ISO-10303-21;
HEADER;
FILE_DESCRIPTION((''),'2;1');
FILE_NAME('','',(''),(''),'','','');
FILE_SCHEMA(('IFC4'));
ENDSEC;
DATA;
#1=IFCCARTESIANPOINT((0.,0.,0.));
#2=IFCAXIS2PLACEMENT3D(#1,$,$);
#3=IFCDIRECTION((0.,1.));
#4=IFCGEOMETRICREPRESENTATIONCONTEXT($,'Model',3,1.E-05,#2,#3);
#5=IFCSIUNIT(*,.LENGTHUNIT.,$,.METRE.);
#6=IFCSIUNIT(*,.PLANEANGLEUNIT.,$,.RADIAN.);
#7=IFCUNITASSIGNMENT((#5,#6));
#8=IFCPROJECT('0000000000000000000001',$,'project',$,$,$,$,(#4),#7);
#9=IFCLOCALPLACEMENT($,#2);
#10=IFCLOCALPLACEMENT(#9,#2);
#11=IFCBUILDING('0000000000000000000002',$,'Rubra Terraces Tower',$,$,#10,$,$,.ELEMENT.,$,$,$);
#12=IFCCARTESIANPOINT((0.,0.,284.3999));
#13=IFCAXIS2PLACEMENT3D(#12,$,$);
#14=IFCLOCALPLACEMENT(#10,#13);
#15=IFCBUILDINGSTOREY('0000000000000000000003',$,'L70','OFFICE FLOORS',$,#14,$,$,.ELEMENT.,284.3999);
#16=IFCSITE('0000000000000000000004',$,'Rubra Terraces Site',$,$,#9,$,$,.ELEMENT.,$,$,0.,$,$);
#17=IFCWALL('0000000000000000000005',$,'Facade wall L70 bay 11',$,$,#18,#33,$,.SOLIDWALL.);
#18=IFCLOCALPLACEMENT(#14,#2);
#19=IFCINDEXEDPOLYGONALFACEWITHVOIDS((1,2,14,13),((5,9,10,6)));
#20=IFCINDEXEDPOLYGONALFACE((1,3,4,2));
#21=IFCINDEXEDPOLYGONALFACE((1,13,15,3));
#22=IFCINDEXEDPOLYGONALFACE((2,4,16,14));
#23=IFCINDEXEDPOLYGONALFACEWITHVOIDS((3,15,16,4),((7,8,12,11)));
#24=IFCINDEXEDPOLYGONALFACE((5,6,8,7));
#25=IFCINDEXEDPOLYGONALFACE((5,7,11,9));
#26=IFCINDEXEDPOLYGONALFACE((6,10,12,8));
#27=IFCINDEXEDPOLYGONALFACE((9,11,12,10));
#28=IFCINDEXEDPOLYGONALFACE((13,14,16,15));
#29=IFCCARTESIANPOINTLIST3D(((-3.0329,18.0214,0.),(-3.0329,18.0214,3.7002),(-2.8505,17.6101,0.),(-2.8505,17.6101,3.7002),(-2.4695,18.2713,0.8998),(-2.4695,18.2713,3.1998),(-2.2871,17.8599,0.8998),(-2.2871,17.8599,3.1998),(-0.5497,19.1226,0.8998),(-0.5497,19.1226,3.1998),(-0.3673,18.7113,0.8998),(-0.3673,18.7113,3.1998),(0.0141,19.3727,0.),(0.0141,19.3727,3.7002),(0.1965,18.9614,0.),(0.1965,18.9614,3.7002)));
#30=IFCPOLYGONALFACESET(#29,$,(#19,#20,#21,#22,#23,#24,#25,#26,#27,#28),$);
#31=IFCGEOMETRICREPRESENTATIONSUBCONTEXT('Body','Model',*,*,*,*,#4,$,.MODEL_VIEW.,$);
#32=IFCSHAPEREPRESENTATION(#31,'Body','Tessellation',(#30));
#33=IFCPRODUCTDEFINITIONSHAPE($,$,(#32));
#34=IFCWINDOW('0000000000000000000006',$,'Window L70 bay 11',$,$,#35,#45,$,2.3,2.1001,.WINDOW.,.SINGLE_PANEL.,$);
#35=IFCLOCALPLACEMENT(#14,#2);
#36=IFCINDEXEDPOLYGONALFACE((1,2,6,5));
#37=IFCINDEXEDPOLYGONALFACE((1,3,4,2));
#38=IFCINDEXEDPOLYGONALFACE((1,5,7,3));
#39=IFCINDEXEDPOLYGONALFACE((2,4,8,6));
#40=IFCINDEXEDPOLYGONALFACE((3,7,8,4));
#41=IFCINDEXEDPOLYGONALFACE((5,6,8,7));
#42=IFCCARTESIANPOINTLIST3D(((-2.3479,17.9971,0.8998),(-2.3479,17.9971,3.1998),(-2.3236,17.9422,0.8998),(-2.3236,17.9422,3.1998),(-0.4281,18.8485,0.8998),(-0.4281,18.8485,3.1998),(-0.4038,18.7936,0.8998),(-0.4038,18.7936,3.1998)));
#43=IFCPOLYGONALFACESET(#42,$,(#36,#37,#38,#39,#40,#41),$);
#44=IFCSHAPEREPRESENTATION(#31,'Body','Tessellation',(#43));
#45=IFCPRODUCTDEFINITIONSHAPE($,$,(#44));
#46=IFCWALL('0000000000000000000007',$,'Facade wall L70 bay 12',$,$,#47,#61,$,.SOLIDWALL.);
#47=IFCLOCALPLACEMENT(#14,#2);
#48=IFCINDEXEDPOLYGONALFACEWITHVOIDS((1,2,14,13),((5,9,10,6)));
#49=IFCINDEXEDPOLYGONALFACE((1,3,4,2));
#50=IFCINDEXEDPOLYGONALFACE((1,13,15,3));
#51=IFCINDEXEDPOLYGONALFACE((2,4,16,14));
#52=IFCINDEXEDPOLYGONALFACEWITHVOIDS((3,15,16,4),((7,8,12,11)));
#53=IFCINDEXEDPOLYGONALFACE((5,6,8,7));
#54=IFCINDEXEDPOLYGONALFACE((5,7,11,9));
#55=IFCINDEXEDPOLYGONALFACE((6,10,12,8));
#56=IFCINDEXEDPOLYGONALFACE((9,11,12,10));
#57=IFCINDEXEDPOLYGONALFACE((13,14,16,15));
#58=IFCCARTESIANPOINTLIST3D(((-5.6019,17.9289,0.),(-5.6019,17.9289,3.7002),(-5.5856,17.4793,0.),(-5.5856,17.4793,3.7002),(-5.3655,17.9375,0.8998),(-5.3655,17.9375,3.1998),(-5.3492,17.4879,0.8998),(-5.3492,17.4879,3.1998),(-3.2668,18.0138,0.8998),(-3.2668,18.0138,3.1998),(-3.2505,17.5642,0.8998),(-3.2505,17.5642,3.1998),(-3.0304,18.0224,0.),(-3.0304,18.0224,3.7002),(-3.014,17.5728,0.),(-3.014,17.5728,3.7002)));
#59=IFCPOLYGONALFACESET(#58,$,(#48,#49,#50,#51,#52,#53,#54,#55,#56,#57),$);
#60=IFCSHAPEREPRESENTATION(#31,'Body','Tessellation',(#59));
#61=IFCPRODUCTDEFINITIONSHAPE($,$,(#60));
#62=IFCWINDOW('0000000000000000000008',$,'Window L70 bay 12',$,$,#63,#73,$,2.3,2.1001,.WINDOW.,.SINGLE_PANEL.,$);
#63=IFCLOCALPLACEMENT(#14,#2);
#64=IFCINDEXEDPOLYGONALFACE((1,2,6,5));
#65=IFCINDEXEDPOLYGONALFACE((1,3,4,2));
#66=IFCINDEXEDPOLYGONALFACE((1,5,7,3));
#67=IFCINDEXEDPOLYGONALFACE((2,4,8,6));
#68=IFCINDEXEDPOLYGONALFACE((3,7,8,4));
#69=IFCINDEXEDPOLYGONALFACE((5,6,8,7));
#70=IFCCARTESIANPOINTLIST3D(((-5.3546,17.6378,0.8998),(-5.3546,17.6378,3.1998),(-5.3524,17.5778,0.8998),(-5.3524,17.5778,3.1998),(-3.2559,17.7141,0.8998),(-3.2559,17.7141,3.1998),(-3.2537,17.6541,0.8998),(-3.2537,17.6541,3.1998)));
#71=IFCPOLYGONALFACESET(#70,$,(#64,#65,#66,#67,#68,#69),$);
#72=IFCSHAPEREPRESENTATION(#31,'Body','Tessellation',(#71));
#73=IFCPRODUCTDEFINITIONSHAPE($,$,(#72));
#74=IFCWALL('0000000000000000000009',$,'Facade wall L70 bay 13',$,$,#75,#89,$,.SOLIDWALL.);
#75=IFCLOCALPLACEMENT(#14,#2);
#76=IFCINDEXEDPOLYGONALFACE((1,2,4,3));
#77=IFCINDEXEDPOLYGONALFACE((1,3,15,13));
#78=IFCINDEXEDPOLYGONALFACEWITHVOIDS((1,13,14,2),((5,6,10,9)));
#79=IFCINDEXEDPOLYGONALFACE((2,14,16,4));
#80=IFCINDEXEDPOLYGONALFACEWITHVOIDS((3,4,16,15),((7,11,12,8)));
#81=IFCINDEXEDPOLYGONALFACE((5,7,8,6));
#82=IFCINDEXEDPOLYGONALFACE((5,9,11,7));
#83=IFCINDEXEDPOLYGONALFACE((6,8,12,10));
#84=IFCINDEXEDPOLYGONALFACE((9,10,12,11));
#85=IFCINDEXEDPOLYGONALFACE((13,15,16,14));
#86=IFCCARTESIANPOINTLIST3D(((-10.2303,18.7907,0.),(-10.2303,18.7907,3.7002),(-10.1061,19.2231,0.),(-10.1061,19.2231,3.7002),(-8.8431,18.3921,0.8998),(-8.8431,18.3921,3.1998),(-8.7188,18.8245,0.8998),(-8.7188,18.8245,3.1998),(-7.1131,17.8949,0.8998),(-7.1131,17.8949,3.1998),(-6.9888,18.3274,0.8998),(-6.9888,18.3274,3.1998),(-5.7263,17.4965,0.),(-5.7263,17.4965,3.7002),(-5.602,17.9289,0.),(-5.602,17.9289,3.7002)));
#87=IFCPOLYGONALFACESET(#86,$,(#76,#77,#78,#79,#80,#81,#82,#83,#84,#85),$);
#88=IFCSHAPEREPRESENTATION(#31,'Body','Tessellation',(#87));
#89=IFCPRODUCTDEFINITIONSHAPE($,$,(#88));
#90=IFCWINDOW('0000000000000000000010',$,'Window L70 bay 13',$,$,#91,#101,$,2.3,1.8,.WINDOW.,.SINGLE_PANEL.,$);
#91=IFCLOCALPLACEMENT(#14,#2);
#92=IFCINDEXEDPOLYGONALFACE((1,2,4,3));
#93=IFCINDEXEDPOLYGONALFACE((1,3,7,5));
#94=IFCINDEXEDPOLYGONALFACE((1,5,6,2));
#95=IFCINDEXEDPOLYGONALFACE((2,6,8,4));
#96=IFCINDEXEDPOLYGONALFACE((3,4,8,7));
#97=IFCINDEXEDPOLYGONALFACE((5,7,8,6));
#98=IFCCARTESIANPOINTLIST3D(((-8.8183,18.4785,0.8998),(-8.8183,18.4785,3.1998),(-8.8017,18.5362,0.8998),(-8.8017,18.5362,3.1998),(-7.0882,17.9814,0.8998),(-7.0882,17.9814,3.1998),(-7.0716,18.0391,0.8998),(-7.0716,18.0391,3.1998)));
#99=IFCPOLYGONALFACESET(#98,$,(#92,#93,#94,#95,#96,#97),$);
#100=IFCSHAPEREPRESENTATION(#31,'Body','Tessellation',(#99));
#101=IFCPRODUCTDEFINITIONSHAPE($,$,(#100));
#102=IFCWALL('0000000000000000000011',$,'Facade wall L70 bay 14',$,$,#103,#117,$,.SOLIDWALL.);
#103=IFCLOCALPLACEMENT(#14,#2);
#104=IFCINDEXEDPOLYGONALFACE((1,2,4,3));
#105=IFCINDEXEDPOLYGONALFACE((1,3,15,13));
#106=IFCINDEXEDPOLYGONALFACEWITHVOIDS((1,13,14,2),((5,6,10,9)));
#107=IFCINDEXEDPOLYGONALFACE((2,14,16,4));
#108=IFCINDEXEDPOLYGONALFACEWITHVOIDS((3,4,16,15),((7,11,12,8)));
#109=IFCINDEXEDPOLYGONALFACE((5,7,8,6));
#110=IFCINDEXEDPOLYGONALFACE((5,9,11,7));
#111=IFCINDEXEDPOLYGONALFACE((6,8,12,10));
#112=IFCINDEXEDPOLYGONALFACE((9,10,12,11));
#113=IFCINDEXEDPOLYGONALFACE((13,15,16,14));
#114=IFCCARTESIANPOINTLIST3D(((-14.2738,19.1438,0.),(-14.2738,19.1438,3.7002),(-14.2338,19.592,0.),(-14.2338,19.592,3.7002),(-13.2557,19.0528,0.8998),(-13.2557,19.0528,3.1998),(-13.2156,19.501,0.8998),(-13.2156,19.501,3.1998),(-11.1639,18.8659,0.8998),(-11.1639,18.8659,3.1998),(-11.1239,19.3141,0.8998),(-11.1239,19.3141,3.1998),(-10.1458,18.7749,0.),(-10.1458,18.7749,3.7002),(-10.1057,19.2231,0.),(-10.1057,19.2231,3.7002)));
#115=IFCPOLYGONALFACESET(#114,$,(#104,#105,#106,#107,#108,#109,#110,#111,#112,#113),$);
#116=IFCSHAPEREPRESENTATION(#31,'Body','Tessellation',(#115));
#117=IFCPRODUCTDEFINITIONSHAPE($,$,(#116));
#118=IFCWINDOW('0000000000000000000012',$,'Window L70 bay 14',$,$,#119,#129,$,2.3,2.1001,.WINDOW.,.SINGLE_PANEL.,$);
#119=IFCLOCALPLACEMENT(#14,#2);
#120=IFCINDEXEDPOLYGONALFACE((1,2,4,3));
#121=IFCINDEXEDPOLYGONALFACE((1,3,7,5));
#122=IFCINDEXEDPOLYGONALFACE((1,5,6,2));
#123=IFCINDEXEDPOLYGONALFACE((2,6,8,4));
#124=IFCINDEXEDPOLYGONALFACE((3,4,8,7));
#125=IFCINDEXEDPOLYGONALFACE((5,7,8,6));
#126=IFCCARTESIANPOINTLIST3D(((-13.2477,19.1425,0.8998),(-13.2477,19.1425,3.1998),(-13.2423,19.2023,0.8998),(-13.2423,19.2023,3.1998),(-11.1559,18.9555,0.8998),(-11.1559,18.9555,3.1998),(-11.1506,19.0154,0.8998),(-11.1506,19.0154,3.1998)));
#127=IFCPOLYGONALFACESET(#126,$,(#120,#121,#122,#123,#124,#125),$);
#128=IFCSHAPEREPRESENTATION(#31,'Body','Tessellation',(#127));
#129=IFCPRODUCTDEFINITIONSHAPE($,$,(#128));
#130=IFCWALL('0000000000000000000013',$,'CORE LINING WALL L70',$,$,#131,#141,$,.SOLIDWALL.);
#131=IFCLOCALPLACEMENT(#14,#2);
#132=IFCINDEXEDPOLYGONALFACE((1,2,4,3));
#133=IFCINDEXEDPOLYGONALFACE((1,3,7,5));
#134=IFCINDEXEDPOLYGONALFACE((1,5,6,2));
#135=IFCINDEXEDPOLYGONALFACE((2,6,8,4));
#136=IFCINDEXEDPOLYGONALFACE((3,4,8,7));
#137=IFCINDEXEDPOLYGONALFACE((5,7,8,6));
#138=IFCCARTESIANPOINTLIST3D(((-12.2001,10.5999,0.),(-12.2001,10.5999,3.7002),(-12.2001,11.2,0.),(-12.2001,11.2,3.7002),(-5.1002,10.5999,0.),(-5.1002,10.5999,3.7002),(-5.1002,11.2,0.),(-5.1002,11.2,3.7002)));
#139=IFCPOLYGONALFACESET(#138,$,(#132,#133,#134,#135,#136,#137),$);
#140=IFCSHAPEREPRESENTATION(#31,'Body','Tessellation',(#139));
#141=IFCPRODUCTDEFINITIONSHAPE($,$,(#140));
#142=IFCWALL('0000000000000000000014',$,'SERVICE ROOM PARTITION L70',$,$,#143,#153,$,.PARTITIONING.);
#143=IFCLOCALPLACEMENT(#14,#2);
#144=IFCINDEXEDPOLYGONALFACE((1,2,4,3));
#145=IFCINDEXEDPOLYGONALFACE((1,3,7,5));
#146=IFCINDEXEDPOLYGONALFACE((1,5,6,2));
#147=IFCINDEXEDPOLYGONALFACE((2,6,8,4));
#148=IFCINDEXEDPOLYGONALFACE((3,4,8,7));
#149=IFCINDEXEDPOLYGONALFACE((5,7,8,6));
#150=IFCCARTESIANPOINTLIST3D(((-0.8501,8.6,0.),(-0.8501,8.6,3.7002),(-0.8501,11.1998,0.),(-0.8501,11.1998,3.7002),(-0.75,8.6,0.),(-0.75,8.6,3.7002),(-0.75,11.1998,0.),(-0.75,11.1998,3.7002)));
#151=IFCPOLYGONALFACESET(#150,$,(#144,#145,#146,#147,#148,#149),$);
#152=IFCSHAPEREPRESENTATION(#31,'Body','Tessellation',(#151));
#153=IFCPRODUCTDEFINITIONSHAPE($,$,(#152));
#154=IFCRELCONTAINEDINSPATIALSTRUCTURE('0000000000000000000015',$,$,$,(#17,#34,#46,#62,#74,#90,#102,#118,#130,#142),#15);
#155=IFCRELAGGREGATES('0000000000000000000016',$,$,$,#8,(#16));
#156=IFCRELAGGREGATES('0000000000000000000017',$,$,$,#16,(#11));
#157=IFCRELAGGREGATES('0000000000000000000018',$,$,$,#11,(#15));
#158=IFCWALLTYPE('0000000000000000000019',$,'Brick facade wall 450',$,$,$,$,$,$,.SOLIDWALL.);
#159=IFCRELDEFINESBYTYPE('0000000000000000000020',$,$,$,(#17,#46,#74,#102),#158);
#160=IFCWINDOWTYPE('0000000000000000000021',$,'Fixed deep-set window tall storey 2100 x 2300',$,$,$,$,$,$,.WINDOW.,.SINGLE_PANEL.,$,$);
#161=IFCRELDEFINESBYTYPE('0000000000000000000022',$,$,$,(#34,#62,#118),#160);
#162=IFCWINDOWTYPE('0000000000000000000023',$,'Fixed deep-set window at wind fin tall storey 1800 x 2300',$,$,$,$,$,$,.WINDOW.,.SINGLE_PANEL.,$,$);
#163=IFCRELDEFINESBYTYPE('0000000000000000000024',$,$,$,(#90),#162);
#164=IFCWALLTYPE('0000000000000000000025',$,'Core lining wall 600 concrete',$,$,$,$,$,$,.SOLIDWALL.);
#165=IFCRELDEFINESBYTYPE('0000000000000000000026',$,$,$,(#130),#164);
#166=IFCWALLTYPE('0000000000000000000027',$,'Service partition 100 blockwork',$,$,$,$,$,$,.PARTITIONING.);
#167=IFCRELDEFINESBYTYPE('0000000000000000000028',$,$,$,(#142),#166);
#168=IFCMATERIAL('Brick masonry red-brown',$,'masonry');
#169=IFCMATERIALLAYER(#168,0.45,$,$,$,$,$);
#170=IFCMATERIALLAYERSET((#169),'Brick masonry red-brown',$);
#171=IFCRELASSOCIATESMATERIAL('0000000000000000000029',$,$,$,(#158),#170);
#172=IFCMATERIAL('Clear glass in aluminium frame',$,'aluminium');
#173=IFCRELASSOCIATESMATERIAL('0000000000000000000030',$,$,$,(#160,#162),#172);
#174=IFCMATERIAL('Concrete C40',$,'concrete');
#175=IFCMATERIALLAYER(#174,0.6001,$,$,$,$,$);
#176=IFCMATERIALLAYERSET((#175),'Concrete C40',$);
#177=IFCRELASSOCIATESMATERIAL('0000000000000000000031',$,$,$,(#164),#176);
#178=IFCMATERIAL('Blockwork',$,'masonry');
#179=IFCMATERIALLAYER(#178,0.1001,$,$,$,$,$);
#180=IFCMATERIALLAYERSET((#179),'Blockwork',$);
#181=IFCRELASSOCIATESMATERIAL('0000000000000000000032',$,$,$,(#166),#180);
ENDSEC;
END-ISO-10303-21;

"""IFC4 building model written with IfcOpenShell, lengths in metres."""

from ifc_helpers import new_model, si_unit, direction, frame, frame_2d, origin, place, context, subcontext, project, spatial, rectangle, extrude, material, layer, layer_set, type_object, element, fill, save


model = new_model("IFC4")

# Units and contexts
model_context = context("Model", 3, precision=1e-05, world=origin(), true_north=direction((0.0, 1.0)))
body_context = subcontext(model_context, "Body", "Model", "MODEL_VIEW")
ifc_project = project(units=[si_unit("LENGTHUNIT", "METRE"), si_unit("PLANEANGLEUNIT", "RADIAN")], contexts=[model_context])

# Site, building, storey
site_placement = place(None, origin())
site = spatial("IfcSite", under=ifc_project, at=site_placement, Name="Rubra Terraces Site", CompositionType="ELEMENT", RefElevation=0.0)
building_placement = place(site_placement, origin())
building = spatial("IfcBuilding", under=site, at=building_placement, Name="Rubra Terraces Tower", CompositionType="ELEMENT")
storey_placement = place(building_placement, frame((0.0, 0.0, 284.3999)))
storey = spatial("IfcBuildingStorey", under=building, at=storey_placement, Name="L70", Description="OFFICE FLOORS", CompositionType="ELEMENT", Elevation=284.3999)

# Walls, openings, windows
ifc_material_1 = material(Name="Brick masonry red-brown", Category="masonry")
ifc_layer_1 = layer(ifc_material_1, 0.45)
ifc_layer_set_1 = layer_set([ifc_layer_1], Name="Brick masonry red-brown")
wall_type_1 = type_object("IfcWallType", Name="Brick facade wall 450", PredefinedType="SOLIDWALL", material=ifc_layer_set_1)
wall_1_placement = place(storey_placement, frame((0.1052, 19.167, 0.0), z_axis=(0.0, 0.0, 1.0), x_axis=(-0.91414, -0.405398, 0.0)))
wall_1 = element("IfcWall", 1, at=wall_1_placement, inside=storey, type_object=wall_type_1, Name="Facade wall L70 bay 11", PredefinedType="SOLIDWALL", context=body_context, shape_type="SweptSolid", body=[
    extrude(rectangle(XDim=3.3333, YDim=0.45, at=frame_2d((1.6665, 0.0))), origin(), (0.0, 0.0, 1.0), 3.7002),
])
opening_1_placement = place(wall_1_placement, frame((0.6167, 0.0, 0.8999)))
opening_1 = element("IfcOpeningElement", 2, at=opening_1_placement, cuts=wall_1, PredefinedType="OPENING", context=body_context, shape_type="SweptSolid", body=[
    extrude(rectangle(XDim=2.1001, YDim=2.3, at=frame_2d((1.05, 1.1499))), frame((0.0, 0.2349, 0.0), z_axis=(0.0, -1.0, 0.0), x_axis=(1.0, 0.0, 0.0)), (0.0, 0.0, 1.0), 0.47),
])
ifc_material_2 = material(Name="Clear glass in aluminium frame", Category="aluminium")
window_type_1 = type_object("IfcWindowType", Name="Fixed deep-set window tall storey 2100 x 2300", PartitioningType="SINGLE_PANEL", PredefinedType="WINDOW", material=ifc_material_2)
window_1_placement = place(opening_1_placement, origin())
window_1 = element("IfcWindow", 3, at=window_1_placement, inside=storey, type_object=window_type_1, Name="Window L70 bay 11", OverallHeight=2.3, OverallWidth=2.1001, PartitioningType="SINGLE_PANEL", PredefinedType="WINDOW", context=body_context, shape_type="SweptSolid", body=[
    extrude(rectangle(XDim=2.1001, YDim=2.3, at=frame_2d((1.05, 1.1499))), frame((0.0, 0.135, 0.0), z_axis=(0.0, -1.0, 0.0), x_axis=(1.0, 0.0, 0.0)), (0.0, 0.0, 1.0), 0.0601),
])
fill(opening_1, window_1)
wall_2_placement = place(storey_placement, frame((-3.0222, 17.7976, 0.0), z_axis=(0.0, 0.0, 1.0), x_axis=(-0.99934, -0.036338, 0.0)))
wall_2 = element("IfcWall", 4, at=wall_2_placement, inside=storey, type_object=wall_type_1, Name="Facade wall L70 bay 12", PredefinedType="SOLIDWALL", context=body_context, shape_type="SweptSolid", body=[
    extrude(rectangle(XDim=2.5732, YDim=0.45, at=frame_2d((1.2866, 0.0))), origin(), (0.0, 0.0, 1.0), 3.7002),
])
opening_2_placement = place(wall_2_placement, frame((0.2366, 0.0, 0.8999)))
opening_2 = element("IfcOpeningElement", 5, at=opening_2_placement, cuts=wall_2, PredefinedType="OPENING", context=body_context, shape_type="SweptSolid", body=[
    extrude(rectangle(XDim=2.1001, YDim=2.3, at=frame_2d((1.05, 1.1499))), frame((0.0, 0.2349, 0.0), z_axis=(0.0, -1.0, 0.0), x_axis=(1.0, 0.0, 0.0)), (0.0, 0.0, 1.0), 0.47),
])
window_2_placement = place(opening_2_placement, origin())
window_2 = element("IfcWindow", 6, at=window_2_placement, inside=storey, type_object=window_type_1, Name="Window L70 bay 12", OverallHeight=2.3, OverallWidth=2.1001, PartitioningType="SINGLE_PANEL", PredefinedType="WINDOW", context=body_context, shape_type="SweptSolid", body=[
    extrude(rectangle(XDim=2.1001, YDim=2.3, at=frame_2d((1.05, 1.1499))), frame((0.0, 0.135, 0.0), z_axis=(0.0, -1.0, 0.0), x_axis=(1.0, 0.0, 0.0)), (0.0, 0.0, 1.0), 0.0601),
])
fill(opening_2, window_2)
wall_3_placement = place(storey_placement, frame((-5.6641, 17.7126, 0.0), z_axis=(0.0, 0.0, 1.0), x_axis=(-0.961108, 0.276173, 0.0)))
wall_3 = element("IfcWall", 7, at=wall_3_placement, inside=storey, type_object=wall_type_1, Name="Facade wall L70 bay 13", PredefinedType="SOLIDWALL", context=body_context, shape_type="SweptSolid", body=[
    extrude(rectangle(XDim=4.6863, YDim=0.45, at=frame_2d((2.3433, 0.0))), origin(), (0.0, 0.0, 1.0), 3.7002),
])
opening_3_placement = place(wall_3_placement, frame((1.4431, 0.0, 0.8999)))
opening_3 = element("IfcOpeningElement", 8, at=opening_3_placement, cuts=wall_3, PredefinedType="OPENING", context=body_context, shape_type="SweptSolid", body=[
    extrude(rectangle(XDim=1.8, YDim=2.3, at=frame_2d((0.8999, 1.1499))), frame((0.0, 0.2349, 0.0), z_axis=(0.0, -1.0, 0.0), x_axis=(1.0, 0.0, 0.0)), (0.0, 0.0, 1.0), 0.47),
])
window_type_2 = type_object("IfcWindowType", Name="Fixed deep-set window at wind fin tall storey 1800 x 2300", PartitioningType="SINGLE_PANEL", PredefinedType="WINDOW", material=ifc_material_2)
window_3_placement = place(opening_3_placement, origin())
window_3 = element("IfcWindow", 9, at=window_3_placement, inside=storey, type_object=window_type_2, Name="Window L70 bay 13", OverallHeight=2.3, OverallWidth=1.8, PartitioningType="SINGLE_PANEL", PredefinedType="WINDOW", context=body_context, shape_type="SweptSolid", body=[
    extrude(rectangle(XDim=1.8, YDim=2.3, at=frame_2d((0.8999, 1.1499))), frame((0.0, 0.135, 0.0), z_axis=(0.0, -1.0, 0.0), x_axis=(1.0, 0.0, 0.0)), (0.0, 0.0, 1.0), 0.0601),
])
fill(opening_3, window_3)
wall_4_placement = place(storey_placement, frame((-10.1257, 18.999, 0.0), z_axis=(0.0, 0.0, 1.0), x_axis=(-0.996031, 0.089006, 0.0)))
wall_4 = element("IfcWall", 10, at=wall_4_placement, inside=storey, type_object=wall_type_1, Name="Facade wall L70 bay 14", PredefinedType="SOLIDWALL", context=body_context, shape_type="SweptSolid", body=[
    extrude(rectangle(XDim=4.1445, YDim=0.45, at=frame_2d((2.0723, 0.0))), origin(), (0.0, 0.0, 1.0), 3.7002),
])
opening_4_placement = place(wall_4_placement, frame((1.0222, 0.0, 0.8999)))
opening_4 = element("IfcOpeningElement", 11, at=opening_4_placement, cuts=wall_4, PredefinedType="OPENING", context=body_context, shape_type="SweptSolid", body=[
    extrude(rectangle(XDim=2.1001, YDim=2.3, at=frame_2d((1.05, 1.1499))), frame((0.0, 0.2349, 0.0), z_axis=(0.0, -1.0, 0.0), x_axis=(1.0, 0.0, 0.0)), (0.0, 0.0, 1.0), 0.47),
])
window_4_placement = place(opening_4_placement, origin())
window_4 = element("IfcWindow", 12, at=window_4_placement, inside=storey, type_object=window_type_1, Name="Window L70 bay 14", OverallHeight=2.3, OverallWidth=2.1001, PartitioningType="SINGLE_PANEL", PredefinedType="WINDOW", context=body_context, shape_type="SweptSolid", body=[
    extrude(rectangle(XDim=2.1001, YDim=2.3, at=frame_2d((1.05, 1.1499))), frame((0.0, 0.135, 0.0), z_axis=(0.0, -1.0, 0.0), x_axis=(1.0, 0.0, 0.0)), (0.0, 0.0, 1.0), 0.0601),
])
fill(opening_4, window_4)

# Walls
ifc_material_3 = material(Name="Concrete C40", Category="concrete")
ifc_layer_2 = layer(ifc_material_3, 0.6001)
ifc_layer_set_2 = layer_set([ifc_layer_2], Name="Concrete C40")
wall_type_2 = type_object("IfcWallType", Name="Core lining wall 600 concrete", PredefinedType="SOLIDWALL", material=ifc_layer_set_2)
wall_5_placement = place(storey_placement, frame((-12.2, 10.8999, 0.0), z_axis=(0.0, 0.0, 1.0), x_axis=(1.0, 0.0, 0.0)))
element("IfcWall", 13, at=wall_5_placement, inside=storey, type_object=wall_type_2, Name="CORE LINING WALL L70", PredefinedType="SOLIDWALL", context=body_context, shape_type="SweptSolid", body=[
    extrude(rectangle(XDim=7.0999, YDim=0.6001, at=frame_2d((3.5498, 0.0))), origin(), (0.0, 0.0, 1.0), 3.7002),
])
ifc_material_4 = material(Name="Blockwork", Category="masonry")
ifc_layer_3 = layer(ifc_material_4, 0.1001)
ifc_layer_set_3 = layer_set([ifc_layer_3], Name="Blockwork")
wall_type_3 = type_object("IfcWallType", Name="Service partition 100 blockwork", PredefinedType="PARTITIONING", material=ifc_layer_set_3)
wall_6_placement = place(storey_placement, frame((-0.8, 8.6001, 0.0), z_axis=(0.0, 0.0, 1.0), x_axis=(0.0, 1.0, 0.0)))
element("IfcWall", 14, at=wall_6_placement, inside=storey, type_object=wall_type_3, Name="SERVICE ROOM PARTITION L70", PredefinedType="PARTITIONING", context=body_context, shape_type="SweptSolid", body=[
    extrude(rectangle(XDim=2.5999, YDim=0.1001, at=frame_2d((1.2998, 0.0))), origin(), (0.0, 0.0, 1.0), 3.7002),
])

save(model, "model.ifc")
